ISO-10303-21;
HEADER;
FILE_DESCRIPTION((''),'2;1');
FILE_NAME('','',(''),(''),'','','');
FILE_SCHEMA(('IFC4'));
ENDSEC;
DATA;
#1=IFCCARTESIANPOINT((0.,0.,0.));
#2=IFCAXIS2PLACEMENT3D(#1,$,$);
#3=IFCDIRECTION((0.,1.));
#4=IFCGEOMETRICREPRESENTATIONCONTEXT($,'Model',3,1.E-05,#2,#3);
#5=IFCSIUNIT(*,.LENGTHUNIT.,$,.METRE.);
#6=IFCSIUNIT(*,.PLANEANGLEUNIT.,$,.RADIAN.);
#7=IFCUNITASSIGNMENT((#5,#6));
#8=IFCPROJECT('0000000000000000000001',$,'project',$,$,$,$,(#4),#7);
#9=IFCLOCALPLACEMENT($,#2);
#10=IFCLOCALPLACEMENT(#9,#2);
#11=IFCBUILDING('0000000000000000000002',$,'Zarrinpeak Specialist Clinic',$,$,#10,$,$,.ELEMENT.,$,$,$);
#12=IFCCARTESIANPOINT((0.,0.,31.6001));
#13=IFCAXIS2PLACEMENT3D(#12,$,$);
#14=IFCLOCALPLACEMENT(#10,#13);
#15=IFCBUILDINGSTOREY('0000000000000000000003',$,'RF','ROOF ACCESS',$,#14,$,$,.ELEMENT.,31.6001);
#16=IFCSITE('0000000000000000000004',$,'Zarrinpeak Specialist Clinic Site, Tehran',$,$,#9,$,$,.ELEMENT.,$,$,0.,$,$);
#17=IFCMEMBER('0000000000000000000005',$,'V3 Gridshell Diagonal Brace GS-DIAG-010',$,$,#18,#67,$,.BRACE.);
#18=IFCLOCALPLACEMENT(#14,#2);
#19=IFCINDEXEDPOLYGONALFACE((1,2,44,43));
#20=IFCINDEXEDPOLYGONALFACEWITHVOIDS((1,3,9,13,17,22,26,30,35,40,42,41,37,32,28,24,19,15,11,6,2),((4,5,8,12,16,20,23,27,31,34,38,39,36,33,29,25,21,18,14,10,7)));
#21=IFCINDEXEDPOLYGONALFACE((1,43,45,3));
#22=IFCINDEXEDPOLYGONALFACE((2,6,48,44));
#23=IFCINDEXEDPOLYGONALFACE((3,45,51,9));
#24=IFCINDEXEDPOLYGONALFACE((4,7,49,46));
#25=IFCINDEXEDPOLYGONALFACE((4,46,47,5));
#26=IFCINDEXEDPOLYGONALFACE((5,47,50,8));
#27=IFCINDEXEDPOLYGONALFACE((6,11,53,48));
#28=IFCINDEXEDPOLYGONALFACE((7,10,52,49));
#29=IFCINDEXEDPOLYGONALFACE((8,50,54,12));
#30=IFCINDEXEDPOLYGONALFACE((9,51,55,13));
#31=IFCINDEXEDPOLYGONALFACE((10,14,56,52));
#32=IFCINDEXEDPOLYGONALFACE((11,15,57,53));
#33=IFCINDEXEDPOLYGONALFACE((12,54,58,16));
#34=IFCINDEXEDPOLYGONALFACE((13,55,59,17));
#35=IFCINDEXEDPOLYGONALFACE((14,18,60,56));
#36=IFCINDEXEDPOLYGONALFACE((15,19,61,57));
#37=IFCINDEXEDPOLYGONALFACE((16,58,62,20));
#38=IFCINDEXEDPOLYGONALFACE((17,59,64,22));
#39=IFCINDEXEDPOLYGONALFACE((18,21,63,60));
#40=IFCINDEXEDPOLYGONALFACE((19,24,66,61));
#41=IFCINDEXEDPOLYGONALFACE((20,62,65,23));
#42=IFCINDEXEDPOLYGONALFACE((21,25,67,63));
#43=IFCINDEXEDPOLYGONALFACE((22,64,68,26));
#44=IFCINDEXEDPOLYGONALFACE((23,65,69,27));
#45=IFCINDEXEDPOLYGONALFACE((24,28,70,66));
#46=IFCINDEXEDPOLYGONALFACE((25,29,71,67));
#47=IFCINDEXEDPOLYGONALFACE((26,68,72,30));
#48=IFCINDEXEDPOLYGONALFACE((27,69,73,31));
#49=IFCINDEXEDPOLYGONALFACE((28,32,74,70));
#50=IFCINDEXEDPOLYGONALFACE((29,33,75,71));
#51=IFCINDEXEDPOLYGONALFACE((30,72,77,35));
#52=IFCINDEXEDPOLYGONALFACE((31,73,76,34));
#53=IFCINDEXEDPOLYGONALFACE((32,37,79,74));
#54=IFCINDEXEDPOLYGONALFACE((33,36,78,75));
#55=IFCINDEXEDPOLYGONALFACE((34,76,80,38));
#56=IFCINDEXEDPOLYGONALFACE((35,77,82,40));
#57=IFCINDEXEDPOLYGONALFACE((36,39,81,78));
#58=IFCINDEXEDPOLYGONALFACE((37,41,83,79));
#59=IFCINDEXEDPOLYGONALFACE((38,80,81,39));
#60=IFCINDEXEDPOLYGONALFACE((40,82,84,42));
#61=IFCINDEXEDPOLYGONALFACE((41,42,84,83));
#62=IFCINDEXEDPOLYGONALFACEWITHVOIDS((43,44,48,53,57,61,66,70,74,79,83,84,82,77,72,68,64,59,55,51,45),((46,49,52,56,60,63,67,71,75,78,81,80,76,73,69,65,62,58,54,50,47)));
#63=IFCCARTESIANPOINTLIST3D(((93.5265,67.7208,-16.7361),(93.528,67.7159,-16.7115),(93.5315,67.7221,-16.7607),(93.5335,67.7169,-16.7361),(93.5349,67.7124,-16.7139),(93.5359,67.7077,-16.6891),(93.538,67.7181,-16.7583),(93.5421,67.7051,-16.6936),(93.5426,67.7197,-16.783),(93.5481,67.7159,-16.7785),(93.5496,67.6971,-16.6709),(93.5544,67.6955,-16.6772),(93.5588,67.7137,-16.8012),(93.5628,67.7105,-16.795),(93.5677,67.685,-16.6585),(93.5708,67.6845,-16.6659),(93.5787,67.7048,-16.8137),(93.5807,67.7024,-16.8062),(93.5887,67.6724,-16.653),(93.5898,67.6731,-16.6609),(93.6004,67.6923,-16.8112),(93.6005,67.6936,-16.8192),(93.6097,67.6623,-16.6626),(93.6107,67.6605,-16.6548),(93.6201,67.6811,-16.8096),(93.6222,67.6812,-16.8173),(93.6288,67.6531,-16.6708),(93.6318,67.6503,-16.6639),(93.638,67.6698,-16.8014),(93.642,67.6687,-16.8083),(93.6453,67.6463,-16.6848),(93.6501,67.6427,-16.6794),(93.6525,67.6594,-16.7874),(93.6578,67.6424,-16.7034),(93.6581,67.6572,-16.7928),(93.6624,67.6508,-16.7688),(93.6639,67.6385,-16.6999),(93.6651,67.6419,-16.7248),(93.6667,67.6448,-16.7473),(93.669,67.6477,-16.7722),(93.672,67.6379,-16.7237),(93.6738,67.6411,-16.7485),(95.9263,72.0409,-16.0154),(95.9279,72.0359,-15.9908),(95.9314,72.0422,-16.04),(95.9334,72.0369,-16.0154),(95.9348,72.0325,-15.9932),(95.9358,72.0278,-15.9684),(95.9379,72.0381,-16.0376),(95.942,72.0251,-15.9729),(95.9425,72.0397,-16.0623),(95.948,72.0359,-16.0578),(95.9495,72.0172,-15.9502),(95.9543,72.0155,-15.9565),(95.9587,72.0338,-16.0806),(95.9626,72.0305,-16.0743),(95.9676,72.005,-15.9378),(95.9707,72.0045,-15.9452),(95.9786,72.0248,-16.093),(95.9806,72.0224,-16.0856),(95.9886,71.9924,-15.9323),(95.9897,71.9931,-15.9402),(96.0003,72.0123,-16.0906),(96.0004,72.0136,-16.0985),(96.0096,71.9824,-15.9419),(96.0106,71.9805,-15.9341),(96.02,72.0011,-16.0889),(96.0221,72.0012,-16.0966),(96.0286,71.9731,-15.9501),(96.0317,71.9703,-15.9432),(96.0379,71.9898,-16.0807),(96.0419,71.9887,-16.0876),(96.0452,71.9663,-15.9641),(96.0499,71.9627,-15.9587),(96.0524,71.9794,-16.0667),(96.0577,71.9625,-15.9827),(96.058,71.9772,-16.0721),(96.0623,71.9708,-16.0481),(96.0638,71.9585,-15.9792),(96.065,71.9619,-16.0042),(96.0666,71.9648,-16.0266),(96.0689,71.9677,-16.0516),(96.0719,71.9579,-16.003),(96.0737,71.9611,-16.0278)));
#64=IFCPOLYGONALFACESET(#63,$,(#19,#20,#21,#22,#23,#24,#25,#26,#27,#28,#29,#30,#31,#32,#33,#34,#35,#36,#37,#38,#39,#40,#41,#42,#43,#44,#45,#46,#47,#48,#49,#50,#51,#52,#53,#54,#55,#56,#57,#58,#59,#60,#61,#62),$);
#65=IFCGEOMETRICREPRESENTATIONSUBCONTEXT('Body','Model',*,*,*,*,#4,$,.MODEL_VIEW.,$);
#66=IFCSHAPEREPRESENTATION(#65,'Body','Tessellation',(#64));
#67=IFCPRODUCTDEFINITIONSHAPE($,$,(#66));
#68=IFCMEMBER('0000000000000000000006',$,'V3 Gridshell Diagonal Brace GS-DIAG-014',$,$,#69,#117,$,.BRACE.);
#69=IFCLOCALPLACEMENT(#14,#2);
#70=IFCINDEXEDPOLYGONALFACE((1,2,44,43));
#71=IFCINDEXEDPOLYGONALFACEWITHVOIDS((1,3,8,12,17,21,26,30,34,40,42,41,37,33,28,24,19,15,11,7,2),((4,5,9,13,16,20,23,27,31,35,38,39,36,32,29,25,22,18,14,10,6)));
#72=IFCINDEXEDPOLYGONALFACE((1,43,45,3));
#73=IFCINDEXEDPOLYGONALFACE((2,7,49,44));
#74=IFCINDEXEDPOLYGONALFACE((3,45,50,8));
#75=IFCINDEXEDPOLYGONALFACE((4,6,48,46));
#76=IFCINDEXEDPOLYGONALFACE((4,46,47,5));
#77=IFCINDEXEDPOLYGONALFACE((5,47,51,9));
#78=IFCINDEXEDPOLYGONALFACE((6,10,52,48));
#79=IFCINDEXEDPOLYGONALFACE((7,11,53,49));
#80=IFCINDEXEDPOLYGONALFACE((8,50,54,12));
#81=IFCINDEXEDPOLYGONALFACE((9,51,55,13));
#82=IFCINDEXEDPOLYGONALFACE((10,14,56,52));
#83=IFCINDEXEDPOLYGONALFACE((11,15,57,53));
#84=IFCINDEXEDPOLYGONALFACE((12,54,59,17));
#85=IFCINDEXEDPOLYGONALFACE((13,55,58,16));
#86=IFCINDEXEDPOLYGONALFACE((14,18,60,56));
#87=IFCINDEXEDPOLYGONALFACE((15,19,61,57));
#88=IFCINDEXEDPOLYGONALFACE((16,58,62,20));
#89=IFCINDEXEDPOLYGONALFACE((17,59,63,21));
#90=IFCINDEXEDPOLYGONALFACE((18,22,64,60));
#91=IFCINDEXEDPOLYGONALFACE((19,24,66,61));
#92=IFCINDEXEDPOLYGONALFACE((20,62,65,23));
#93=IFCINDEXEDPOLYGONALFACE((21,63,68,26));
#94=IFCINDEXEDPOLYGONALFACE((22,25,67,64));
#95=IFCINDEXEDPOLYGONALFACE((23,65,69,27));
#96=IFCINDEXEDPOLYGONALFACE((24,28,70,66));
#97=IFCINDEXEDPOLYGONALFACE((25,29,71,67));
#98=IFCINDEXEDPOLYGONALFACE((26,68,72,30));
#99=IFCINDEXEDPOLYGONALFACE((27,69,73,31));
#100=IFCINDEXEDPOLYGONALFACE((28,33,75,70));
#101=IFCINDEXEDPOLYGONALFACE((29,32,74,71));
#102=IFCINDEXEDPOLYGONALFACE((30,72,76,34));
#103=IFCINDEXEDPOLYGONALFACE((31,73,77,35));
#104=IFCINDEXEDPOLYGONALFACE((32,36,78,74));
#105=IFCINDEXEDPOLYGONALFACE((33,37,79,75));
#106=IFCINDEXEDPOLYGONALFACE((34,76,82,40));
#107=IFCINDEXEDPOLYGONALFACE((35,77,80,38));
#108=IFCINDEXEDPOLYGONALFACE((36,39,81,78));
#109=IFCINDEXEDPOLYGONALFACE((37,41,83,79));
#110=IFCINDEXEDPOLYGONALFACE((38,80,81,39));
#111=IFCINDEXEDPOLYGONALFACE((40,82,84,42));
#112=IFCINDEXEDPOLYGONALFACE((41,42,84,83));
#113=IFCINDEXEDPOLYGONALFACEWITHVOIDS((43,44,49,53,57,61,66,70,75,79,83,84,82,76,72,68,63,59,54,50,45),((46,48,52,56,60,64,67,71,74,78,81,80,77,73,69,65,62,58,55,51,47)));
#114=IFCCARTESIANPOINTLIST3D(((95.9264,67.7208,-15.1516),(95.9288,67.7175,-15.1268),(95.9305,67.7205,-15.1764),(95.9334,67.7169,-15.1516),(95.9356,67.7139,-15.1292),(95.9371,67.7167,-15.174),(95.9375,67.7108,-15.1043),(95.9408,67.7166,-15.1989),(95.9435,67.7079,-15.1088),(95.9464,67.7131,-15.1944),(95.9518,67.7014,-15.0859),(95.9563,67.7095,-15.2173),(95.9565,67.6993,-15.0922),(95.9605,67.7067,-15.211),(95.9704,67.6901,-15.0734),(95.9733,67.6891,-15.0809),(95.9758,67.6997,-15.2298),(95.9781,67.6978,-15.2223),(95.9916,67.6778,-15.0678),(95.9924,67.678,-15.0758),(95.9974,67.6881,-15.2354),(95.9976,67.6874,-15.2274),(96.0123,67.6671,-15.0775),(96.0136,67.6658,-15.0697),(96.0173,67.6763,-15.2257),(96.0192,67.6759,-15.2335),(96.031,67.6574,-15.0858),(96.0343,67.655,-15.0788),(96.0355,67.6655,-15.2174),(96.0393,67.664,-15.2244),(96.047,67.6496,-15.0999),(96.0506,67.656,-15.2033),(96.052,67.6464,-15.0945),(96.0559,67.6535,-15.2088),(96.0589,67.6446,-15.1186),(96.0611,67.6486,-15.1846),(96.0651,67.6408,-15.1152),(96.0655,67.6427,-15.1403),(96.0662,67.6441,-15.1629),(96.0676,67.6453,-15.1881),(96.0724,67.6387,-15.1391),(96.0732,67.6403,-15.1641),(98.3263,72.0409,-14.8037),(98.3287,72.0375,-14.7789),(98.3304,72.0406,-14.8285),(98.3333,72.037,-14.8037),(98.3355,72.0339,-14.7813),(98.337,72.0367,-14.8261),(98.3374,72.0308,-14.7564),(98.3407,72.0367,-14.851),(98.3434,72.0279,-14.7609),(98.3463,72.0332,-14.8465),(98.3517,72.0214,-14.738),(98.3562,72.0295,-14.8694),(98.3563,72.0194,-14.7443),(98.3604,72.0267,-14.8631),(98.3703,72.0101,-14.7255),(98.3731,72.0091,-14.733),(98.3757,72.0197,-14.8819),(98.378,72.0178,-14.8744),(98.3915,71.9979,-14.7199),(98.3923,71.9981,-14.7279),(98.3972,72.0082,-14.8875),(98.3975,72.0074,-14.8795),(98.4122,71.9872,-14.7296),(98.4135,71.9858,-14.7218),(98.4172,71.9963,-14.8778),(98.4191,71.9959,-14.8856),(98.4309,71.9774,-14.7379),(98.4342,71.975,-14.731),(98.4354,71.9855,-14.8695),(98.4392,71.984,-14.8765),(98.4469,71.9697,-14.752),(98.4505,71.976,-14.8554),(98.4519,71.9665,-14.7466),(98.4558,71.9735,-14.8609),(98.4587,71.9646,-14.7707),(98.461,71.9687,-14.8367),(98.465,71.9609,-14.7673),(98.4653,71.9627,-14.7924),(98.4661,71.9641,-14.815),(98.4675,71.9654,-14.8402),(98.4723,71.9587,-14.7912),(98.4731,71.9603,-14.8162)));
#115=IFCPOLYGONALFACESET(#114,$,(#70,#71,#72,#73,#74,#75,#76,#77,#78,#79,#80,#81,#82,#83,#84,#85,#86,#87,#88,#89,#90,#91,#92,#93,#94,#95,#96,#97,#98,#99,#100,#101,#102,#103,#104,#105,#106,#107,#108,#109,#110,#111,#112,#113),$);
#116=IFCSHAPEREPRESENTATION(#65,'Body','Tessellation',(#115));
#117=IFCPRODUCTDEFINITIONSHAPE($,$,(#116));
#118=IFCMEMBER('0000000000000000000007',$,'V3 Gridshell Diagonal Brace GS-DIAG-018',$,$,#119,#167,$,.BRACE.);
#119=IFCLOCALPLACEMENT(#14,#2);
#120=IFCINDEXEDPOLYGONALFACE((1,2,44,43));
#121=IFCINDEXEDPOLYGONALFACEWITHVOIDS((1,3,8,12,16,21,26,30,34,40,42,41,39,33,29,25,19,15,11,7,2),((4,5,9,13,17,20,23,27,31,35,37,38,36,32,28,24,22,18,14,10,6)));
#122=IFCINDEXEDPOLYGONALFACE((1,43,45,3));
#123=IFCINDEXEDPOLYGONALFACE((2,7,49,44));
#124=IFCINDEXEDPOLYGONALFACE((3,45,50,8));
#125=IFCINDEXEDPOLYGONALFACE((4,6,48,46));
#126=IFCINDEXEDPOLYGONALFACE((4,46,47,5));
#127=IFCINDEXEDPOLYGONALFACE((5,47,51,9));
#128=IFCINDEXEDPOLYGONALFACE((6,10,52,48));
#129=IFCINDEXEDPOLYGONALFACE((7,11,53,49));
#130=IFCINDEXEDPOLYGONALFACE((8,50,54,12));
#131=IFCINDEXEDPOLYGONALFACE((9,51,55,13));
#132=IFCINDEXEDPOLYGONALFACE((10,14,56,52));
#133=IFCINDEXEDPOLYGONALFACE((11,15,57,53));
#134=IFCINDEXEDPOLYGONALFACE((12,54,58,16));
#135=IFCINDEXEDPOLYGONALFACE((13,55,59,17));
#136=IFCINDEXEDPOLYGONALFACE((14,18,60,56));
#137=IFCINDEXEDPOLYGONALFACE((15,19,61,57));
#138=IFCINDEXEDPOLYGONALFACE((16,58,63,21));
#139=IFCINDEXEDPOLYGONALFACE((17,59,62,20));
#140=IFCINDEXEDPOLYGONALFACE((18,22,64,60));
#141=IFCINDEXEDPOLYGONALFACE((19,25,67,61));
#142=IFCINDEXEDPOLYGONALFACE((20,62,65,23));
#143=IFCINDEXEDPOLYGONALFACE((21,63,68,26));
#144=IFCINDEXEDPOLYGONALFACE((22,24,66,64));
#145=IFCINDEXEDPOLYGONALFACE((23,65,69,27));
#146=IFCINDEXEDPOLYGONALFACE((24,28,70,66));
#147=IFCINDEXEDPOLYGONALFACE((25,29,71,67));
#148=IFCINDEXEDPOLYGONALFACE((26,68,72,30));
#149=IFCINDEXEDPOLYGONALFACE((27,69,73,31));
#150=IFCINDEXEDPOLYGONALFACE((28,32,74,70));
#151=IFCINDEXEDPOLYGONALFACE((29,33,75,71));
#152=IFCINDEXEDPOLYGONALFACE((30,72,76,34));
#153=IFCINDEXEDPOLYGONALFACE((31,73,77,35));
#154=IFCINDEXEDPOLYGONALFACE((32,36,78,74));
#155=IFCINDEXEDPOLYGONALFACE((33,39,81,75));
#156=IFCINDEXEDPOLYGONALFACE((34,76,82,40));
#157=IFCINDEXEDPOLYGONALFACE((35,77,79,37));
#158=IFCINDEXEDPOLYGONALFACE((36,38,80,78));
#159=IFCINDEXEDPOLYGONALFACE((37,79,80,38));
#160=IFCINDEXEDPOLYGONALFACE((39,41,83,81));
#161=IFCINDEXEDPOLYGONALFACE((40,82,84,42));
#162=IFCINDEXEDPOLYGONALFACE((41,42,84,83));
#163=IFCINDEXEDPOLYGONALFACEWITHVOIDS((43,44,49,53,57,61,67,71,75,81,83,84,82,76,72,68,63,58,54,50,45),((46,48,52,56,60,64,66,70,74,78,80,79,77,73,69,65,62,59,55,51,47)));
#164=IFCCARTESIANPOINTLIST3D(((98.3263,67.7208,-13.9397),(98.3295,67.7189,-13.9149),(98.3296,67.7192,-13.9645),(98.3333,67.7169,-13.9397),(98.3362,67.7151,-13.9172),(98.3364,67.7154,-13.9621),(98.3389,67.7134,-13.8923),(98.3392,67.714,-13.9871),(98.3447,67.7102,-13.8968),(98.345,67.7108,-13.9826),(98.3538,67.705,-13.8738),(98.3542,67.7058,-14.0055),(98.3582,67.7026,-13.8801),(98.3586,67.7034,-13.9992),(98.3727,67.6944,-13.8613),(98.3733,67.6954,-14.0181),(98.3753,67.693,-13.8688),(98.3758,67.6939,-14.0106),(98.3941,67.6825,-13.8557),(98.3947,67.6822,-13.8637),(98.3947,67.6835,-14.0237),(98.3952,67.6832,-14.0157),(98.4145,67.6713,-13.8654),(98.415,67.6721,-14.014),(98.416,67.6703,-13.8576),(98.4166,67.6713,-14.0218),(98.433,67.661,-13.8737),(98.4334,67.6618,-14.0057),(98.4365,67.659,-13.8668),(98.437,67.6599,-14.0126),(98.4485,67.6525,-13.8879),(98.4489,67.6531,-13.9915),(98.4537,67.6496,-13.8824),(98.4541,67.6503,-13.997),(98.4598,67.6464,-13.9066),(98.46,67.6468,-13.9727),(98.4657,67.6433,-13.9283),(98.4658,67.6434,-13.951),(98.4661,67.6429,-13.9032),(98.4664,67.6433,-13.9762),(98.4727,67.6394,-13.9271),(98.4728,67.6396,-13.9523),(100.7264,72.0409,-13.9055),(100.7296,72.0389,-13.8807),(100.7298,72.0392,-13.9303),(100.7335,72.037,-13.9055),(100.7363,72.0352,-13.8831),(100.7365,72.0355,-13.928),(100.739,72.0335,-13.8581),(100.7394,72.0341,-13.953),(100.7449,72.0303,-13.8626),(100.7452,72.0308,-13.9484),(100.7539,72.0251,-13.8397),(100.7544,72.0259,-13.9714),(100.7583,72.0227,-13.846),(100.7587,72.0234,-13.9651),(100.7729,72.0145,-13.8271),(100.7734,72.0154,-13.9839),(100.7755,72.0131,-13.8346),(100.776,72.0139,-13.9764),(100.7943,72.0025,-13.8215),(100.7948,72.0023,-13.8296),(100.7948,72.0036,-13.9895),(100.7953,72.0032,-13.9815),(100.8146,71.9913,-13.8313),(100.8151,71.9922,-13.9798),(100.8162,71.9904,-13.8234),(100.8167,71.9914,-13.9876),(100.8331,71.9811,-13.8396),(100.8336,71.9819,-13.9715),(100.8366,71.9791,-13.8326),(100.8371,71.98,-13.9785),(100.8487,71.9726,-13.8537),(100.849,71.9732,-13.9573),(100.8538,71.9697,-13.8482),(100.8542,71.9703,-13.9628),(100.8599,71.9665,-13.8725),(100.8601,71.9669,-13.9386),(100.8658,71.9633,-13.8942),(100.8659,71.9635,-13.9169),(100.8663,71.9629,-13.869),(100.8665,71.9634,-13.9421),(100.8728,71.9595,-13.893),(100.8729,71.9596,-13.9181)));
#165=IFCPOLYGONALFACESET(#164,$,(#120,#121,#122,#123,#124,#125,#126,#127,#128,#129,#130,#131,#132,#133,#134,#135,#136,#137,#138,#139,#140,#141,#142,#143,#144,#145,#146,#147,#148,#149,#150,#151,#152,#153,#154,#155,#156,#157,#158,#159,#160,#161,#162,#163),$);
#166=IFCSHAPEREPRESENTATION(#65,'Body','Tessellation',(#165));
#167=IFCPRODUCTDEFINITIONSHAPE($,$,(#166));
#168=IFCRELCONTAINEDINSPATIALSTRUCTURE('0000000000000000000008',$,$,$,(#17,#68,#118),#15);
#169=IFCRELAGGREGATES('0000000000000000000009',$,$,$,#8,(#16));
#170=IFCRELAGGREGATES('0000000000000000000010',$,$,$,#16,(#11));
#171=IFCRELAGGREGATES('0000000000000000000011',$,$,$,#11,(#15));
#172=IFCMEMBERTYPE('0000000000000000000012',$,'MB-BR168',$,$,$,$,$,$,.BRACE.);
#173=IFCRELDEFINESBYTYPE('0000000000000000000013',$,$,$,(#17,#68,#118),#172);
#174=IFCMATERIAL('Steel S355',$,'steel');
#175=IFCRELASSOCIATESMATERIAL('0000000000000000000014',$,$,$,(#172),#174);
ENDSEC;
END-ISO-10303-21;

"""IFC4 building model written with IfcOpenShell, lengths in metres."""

from ifc_helpers import new_model, si_unit, direction, frame, origin, origin_2d, place, context, subcontext, project, spatial, hollow_circle, extrude, material, material_profile, profile_set, type_object, element, save


model = new_model("IFC4")

# Units and contexts
model_context = context("Model", 3, precision=1e-05, world=origin(), true_north=direction((0.0, 1.0)))
body_context = subcontext(model_context, "Body", "Model", "MODEL_VIEW")
ifc_project = project(units=[si_unit("LENGTHUNIT", "METRE"), si_unit("PLANEANGLEUNIT", "RADIAN")], contexts=[model_context])

# Site, building, storey
site_placement = place(None, origin())
site = spatial("IfcSite", under=ifc_project, at=site_placement, Name="Zarrinpeak Specialist Clinic Site, Tehran", CompositionType="ELEMENT", RefElevation=0.0)
building_placement = place(site_placement, origin())
building = spatial("IfcBuilding", under=site, at=building_placement, Name="Zarrinpeak Specialist Clinic", CompositionType="ELEMENT")
storey_placement = place(building_placement, frame((0.0, 0.0, 31.6001)))
storey = spatial("IfcBuildingStorey", under=building, at=storey_placement, Name="RF", Description="ROOF ACCESS", CompositionType="ELEMENT", Elevation=31.6001)

# Members
ifc_material_1 = material(Name="Steel S355", Category="steel")
ifc_material_profile_1 = material_profile(ifc_material_1, hollow_circle(Radius=0.0842, WallThickness=0.0081, at=origin_2d()), Name="CHS 168.3x8.0")
ifc_profile_set_1 = profile_set([ifc_material_profile_1], Name="Steel S355")
member_type_1 = type_object("IfcMemberType", Name="MB-BR168", PredefinedType="BRACE", material=ifc_profile_set_1)
member_1_placement = place(storey_placement, frame((93.6001, 67.6799, -16.7361), z_axis=(0.480539, 0.865019, 0.144308), x_axis=(-0.874169, 0.485622, 0.0)))
element("IfcMember", 1, at=member_1_placement, inside=storey, type_object=member_type_1, Name="V3 Gridshell Diagonal Brace GS-DIAG-010", PredefinedType="BRACE", context=body_context, shape_type="SweptSolid", body=[
    extrude(hollow_circle(Radius=0.0842, WallThickness=0.0081, at=origin_2d()), origin(), (0.0, 0.0, 1.0), 4.9941),
])
member_2_placement = place(storey_placement, frame((96.0, 67.6799, -15.1516), z_axis=(0.484423, 0.872011, 0.070224), x_axis=(-0.874169, 0.485622, 0.0)))
element("IfcMember", 2, at=member_2_placement, inside=storey, type_object=member_type_1, Name="V3 Gridshell Diagonal Brace GS-DIAG-014", PredefinedType="BRACE", context=body_context, shape_type="SweptSolid", body=[
    extrude(hollow_circle(Radius=0.0842, WallThickness=0.0081, at=origin_2d()), origin(), (0.0, 0.0, 1.0), 4.9541),
])
member_3_placement = place(storey_placement, frame((98.3999, 67.6799, -13.9397), z_axis=(0.485648, 0.874127, 0.006916), x_axis=(-0.874148, 0.48566, 0.0)))
element("IfcMember", 3, at=member_3_placement, inside=storey, type_object=member_type_1, Name="V3 Gridshell Diagonal Brace GS-DIAG-018", PredefinedType="BRACE", context=body_context, shape_type="SweptSolid", body=[
    extrude(hollow_circle(Radius=0.0842, WallThickness=0.0081, at=origin_2d()), origin(), (0.0, 0.0, 1.0), 4.9421),
])

save(model, "model.ifc")
